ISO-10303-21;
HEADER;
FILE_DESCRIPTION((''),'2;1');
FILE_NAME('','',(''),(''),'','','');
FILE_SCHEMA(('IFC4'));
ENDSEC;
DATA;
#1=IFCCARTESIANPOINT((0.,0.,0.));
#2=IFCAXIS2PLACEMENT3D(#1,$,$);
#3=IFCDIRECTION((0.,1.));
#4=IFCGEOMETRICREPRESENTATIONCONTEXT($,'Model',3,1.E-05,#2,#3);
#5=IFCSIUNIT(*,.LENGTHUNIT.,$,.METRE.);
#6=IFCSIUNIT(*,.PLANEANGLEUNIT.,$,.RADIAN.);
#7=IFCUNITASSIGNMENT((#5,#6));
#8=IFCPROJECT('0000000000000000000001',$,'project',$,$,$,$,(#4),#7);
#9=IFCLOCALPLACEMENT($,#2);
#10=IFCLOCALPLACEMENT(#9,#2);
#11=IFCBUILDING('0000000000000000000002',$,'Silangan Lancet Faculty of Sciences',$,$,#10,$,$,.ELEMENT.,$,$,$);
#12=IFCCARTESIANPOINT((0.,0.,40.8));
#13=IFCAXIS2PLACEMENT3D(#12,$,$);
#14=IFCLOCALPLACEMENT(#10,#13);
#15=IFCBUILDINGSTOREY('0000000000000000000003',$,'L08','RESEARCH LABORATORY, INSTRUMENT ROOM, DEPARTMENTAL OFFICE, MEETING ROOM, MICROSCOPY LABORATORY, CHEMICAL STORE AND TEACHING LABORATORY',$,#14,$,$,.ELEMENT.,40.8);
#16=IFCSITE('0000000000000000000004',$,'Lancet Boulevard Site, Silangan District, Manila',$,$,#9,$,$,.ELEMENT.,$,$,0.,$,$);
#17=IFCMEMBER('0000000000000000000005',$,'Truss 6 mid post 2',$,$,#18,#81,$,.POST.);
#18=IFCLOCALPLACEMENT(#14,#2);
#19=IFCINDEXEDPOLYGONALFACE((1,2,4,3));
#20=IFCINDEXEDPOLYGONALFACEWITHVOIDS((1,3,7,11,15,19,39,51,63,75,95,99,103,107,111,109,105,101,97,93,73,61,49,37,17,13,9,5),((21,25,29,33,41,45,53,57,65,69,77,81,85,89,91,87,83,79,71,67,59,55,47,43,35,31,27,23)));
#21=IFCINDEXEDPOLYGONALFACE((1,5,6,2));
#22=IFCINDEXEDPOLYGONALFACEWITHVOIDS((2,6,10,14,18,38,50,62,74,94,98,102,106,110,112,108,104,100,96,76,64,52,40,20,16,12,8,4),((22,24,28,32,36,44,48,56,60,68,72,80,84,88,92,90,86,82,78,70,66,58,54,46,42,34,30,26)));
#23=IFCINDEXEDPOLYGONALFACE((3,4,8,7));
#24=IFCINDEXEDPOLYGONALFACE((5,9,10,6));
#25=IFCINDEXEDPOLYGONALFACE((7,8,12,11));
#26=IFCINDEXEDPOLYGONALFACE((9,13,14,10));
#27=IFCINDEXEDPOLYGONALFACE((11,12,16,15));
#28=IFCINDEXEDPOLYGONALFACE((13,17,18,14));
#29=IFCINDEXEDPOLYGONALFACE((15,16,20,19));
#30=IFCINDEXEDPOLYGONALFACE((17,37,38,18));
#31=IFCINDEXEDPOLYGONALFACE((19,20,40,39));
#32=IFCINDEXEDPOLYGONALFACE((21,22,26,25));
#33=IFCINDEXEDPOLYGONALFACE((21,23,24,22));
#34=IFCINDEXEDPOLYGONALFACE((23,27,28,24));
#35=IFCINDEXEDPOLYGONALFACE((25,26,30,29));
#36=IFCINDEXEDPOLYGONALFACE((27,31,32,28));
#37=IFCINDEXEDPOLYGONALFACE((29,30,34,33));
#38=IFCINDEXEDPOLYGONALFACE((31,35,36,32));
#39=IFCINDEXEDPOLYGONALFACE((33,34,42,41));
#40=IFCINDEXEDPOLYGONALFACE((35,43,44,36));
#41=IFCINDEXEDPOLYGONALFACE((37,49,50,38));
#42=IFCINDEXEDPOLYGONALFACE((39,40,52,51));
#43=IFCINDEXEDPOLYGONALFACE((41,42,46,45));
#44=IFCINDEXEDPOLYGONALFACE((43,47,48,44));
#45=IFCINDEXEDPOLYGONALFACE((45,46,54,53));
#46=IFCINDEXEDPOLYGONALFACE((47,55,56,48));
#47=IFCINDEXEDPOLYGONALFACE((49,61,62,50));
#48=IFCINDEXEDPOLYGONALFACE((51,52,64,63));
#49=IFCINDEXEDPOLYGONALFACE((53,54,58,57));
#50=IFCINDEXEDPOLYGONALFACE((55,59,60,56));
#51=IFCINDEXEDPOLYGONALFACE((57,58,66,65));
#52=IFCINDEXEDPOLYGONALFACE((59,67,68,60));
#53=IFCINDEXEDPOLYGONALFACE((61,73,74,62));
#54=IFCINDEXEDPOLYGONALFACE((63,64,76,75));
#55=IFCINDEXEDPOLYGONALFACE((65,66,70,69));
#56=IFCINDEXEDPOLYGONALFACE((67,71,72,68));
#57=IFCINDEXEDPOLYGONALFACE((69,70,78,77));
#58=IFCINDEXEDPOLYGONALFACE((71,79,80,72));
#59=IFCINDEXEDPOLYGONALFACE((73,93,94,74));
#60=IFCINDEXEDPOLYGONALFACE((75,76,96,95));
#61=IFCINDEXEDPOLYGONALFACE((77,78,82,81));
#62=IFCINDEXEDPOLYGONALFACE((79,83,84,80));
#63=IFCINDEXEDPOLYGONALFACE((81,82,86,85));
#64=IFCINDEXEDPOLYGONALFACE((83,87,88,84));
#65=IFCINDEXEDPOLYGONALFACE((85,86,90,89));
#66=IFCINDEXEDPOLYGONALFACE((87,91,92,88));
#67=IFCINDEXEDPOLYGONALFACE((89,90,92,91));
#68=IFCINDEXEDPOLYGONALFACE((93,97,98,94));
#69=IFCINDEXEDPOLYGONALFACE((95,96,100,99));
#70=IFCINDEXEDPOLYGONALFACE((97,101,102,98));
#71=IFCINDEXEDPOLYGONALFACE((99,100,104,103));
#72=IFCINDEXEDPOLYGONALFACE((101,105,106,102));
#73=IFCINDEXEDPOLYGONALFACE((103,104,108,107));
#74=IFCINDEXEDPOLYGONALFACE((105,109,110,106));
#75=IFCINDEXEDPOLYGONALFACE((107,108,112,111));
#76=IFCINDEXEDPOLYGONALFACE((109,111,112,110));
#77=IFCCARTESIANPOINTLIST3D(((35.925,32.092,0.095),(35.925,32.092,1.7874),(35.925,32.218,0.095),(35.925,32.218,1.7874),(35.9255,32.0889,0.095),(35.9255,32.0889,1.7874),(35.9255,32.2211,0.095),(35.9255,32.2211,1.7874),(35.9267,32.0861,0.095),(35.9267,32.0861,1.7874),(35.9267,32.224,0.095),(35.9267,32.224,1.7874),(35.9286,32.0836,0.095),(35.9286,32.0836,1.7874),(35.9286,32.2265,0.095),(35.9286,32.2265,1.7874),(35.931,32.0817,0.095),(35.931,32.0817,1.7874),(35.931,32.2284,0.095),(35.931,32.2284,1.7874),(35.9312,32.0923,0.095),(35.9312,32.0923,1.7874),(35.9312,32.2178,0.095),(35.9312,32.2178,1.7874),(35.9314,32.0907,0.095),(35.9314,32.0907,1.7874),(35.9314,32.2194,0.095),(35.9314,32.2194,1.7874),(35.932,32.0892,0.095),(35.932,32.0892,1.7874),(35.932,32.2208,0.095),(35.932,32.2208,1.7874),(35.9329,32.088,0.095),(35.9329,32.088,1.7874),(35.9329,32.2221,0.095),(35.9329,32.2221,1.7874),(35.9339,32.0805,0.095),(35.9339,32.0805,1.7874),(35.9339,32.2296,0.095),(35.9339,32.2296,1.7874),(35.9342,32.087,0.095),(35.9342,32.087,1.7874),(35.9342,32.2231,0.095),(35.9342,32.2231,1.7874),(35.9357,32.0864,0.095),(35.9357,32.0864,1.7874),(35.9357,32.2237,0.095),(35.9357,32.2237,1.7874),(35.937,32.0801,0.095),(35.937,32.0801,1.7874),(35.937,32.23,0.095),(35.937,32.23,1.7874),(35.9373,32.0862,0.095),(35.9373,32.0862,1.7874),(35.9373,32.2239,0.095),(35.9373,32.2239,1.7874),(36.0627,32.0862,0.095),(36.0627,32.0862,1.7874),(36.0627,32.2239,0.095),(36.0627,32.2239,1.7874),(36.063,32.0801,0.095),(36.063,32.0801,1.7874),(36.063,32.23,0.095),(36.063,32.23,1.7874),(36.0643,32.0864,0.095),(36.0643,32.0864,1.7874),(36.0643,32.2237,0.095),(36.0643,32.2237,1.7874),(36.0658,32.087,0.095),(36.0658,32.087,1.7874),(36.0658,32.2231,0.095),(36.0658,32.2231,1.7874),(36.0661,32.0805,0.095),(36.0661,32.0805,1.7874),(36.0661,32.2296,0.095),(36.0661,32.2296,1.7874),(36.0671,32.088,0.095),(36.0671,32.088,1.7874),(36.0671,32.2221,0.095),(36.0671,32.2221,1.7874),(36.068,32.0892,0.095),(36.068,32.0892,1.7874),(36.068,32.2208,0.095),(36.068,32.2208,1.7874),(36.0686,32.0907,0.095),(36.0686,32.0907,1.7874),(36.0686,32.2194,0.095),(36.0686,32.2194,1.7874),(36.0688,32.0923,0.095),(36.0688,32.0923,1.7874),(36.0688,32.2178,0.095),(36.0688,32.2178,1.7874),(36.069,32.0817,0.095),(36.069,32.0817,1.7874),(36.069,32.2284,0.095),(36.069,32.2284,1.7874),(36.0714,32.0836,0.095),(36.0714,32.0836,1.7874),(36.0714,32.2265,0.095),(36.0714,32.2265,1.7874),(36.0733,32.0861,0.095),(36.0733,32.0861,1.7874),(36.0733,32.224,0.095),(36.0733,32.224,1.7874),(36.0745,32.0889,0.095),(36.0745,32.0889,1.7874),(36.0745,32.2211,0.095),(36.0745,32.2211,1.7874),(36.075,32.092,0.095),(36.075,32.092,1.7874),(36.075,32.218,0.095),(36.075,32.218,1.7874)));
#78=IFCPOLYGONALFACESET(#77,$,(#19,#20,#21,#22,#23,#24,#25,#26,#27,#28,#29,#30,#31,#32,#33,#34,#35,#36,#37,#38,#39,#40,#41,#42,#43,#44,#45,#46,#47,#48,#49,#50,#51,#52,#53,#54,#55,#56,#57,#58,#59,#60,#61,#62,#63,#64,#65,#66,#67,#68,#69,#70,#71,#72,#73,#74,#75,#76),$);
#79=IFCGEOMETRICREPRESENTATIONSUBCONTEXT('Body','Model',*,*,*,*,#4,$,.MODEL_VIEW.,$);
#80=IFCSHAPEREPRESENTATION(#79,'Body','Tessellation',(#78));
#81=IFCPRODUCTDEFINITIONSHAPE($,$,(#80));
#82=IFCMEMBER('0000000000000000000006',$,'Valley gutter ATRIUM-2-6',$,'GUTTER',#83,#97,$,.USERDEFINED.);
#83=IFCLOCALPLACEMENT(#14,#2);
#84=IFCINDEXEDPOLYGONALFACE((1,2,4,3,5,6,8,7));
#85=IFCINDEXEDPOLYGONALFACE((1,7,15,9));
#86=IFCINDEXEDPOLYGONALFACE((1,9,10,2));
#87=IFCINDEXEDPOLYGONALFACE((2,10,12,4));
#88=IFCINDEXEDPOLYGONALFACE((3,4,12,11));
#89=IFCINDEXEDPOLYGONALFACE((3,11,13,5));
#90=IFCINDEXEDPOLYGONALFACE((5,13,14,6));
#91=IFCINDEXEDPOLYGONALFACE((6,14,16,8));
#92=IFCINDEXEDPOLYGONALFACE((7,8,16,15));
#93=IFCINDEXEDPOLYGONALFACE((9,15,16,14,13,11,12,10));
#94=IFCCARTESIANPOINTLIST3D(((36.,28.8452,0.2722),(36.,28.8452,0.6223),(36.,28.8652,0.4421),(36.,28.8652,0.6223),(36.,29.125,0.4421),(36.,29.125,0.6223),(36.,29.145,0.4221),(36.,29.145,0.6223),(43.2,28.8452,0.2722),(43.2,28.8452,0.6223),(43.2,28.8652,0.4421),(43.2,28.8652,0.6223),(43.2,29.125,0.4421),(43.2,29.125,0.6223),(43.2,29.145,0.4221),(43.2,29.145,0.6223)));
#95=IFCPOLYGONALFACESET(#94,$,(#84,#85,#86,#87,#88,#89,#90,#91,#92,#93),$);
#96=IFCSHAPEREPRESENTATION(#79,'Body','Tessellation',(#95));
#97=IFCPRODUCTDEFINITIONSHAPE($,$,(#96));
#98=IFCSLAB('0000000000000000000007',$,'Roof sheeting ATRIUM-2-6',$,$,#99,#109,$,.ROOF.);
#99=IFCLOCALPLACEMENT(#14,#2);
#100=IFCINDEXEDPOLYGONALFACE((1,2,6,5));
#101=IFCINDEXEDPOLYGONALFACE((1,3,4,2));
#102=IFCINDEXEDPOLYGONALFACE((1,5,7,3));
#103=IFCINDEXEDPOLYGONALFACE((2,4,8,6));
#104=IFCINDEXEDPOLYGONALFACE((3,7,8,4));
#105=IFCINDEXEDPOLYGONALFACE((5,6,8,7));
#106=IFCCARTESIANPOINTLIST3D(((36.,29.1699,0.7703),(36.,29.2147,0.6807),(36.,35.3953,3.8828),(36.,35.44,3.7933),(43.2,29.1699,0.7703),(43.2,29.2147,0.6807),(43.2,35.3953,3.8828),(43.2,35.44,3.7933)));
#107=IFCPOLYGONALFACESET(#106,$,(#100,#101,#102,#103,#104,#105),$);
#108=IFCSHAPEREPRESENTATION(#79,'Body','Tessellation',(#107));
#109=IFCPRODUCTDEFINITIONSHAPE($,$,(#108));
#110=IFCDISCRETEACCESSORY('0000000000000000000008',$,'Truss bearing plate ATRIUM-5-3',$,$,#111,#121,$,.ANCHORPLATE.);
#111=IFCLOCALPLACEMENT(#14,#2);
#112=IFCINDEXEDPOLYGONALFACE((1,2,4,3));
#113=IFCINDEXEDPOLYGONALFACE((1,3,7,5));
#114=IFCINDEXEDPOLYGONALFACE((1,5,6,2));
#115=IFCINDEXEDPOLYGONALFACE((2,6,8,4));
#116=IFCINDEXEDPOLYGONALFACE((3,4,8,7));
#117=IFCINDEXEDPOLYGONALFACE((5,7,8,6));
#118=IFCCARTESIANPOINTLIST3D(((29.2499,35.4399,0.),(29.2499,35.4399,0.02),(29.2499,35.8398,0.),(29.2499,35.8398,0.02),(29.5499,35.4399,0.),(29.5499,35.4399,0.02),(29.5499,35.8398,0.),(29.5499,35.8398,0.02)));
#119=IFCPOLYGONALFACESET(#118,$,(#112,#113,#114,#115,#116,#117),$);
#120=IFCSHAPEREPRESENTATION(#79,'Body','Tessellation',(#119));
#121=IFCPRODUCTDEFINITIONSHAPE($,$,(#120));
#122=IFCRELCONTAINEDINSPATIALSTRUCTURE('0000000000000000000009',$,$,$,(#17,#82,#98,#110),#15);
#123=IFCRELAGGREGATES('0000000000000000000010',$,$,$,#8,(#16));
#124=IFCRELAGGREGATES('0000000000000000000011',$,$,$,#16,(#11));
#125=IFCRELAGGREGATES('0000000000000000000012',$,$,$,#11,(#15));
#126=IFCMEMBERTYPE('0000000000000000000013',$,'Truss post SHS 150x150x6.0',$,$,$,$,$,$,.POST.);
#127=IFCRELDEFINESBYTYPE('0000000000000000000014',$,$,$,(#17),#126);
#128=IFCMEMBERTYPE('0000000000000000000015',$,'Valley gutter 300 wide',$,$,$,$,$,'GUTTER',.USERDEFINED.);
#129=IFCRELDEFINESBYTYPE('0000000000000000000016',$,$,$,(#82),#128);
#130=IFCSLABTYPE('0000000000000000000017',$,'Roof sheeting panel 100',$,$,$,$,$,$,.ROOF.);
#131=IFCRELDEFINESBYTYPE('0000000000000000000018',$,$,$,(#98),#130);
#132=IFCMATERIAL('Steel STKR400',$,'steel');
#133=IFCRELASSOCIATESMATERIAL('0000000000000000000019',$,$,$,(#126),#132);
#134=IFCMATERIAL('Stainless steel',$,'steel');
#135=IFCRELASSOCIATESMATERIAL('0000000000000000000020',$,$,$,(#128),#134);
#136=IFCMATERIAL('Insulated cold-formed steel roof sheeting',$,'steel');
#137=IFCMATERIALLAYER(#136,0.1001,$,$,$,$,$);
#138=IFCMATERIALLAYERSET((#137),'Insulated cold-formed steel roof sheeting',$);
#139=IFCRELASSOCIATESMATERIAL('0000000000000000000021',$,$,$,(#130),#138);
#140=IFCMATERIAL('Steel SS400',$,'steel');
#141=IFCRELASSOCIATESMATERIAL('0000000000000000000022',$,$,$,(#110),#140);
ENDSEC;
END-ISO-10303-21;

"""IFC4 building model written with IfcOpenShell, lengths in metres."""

from ifc_helpers import new_model, si_unit, direction, frame, origin, origin_2d, place, context, subcontext, project, spatial, polyline, rectangle, hollow_rectangle, outline, extrude, material, layer, layer_set, material_profile, profile_set, type_object, element, save


model = new_model("IFC4")

# Units and contexts
model_context = context("Model", 3, precision=1e-05, world=origin(), true_north=direction((0.0, 1.0)))
body_context = subcontext(model_context, "Body", "Model", "MODEL_VIEW")
ifc_project = project(units=[si_unit("LENGTHUNIT", "METRE"), si_unit("PLANEANGLEUNIT", "RADIAN")], contexts=[model_context])

# Site, building, storey
site_placement = place(None, origin())
site = spatial("IfcSite", under=ifc_project, at=site_placement, Name="Lancet Boulevard Site, Silangan District, Manila", CompositionType="ELEMENT", RefElevation=0.0)
building_placement = place(site_placement, origin())
building = spatial("IfcBuilding", under=site, at=building_placement, Name="Silangan Lancet Faculty of Sciences", CompositionType="ELEMENT")
storey_placement = place(building_placement, frame((0.0, 0.0, 40.8)))
storey = spatial("IfcBuildingStorey", under=building, at=storey_placement, Name="L08", Description="RESEARCH LABORATORY, INSTRUMENT ROOM, DEPARTMENTAL OFFICE, MEETING ROOM, MICROSCOPY LABORATORY, CHEMICAL STORE AND TEACHING LABORATORY", CompositionType="ELEMENT", Elevation=40.8)

# Members
ifc_material_1 = material(Name="Steel STKR400", Category="steel")
ifc_material_profile_1 = material_profile(ifc_material_1, hollow_rectangle(XDim=0.1499, YDim=0.1499, WallThickness=0.0061, InnerFilletRadius=0.0061, OuterFilletRadius=0.012, at=origin_2d()), Name="SHS 150x150x6.0")
ifc_profile_set_1 = profile_set([ifc_material_profile_1], Name="Steel STKR400")
member_type_1 = type_object("IfcMemberType", Name="Truss post SHS 150x150x6.0", PredefinedType="POST", material=ifc_profile_set_1)
for number, where, z_axis, x_axis, name in (
    (1, (36.0, 32.155, 0.095), (0.0, 0.0, 1.0), (1.0, 0.0, 0.0), "Truss 6 mid post 2"),
):
    element("IfcMember", number, at=place(storey_placement, frame(where, z_axis=z_axis, x_axis=x_axis)), inside=storey, type_object=member_type_1, Name=name, PredefinedType="POST", context=body_context, shape_type="SweptSolid", body=[
        extrude(hollow_rectangle(XDim=0.1499, YDim=0.1499, WallThickness=0.0061, InnerFilletRadius=0.0061, OuterFilletRadius=0.012, at=origin_2d()), origin(), (0.0, 0.0, 1.0), 1.6924),
    ])
ifc_material_2 = material(Name="Stainless steel", Category="steel")
ifc_material_profile_2 = material_profile(ifc_material_2, outline(polyline([(-0.1499, 0.0), (0.1499, 0.1499), (0.1499, 0.3501), (0.1299, 0.3501), (0.1299, 0.1699), (-0.1299, 0.1699), (-0.1299, 0.3501), (-0.1499, 0.3501), (-0.1499, 0.0)])), Name="valley gutter")
ifc_profile_set_2 = profile_set([ifc_material_profile_2], Name="Stainless steel")
member_type_2 = type_object("IfcMemberType", Name="Valley gutter 300 wide", ElementType="GUTTER", PredefinedType="USERDEFINED", material=ifc_profile_set_2)
member_1_placement = place(storey_placement, frame((36.0, 28.9951, 0.2722), z_axis=(1.0, 0.0, 0.0), x_axis=(0.0, 1.0, 0.0)))
element("IfcMember", 2, at=member_1_placement, inside=storey, type_object=member_type_2, Name="Valley gutter ATRIUM-2-6", ObjectType="GUTTER", PredefinedType="USERDEFINED", context=body_context, shape_type="SweptSolid", body=[
    extrude(outline(polyline([(-0.1499, 0.0), (0.1499, 0.1499), (0.1499, 0.3501), (0.1299, 0.3501), (0.1299, 0.1699), (-0.1299, 0.1699), (-0.1299, 0.3501), (-0.1499, 0.3501), (-0.1499, 0.0)])), origin(), (0.0, 0.0, 1.0), 7.2),
])

# Slab
ifc_material_3 = material(Name="Insulated cold-formed steel roof sheeting", Category="steel")
ifc_layer = layer(ifc_material_3, 0.1001)
ifc_layer_set = layer_set([ifc_layer], Name="Insulated cold-formed steel roof sheeting")
slab_type = type_object("IfcSlabType", Name="Roof sheeting panel 100", PredefinedType="ROOF", material=ifc_layer_set)
slab_placement = place(storey_placement, frame((36.0, 29.1699, 0.7703), z_axis=(0.0, -0.4472, 0.894434), x_axis=(1.0, 0.0, 0.0)))
element("IfcSlab", 3, at=slab_placement, inside=storey, type_object=slab_type, Name="Roof sheeting ATRIUM-2-6", PredefinedType="ROOF", context=body_context, shape_type="SweptSolid", body=[
    extrude(outline(polyline([(0.0, 0.0), (7.2, 0.0), (7.2, 6.9601), (0.0, 6.9601), (0.0, 0.0)])), origin(), (0.0, 0.0, -1.0), 0.1001),
])

# Discrete accessory
ifc_material_4 = material(Name="Steel SS400", Category="steel")
discrete_accessory_placement = place(storey_placement, frame((29.3999, 35.6399, 0.0), z_axis=(0.0, 0.0, 1.0), x_axis=(1.0, 0.0, 0.0)))
element("IfcDiscreteAccessory", 4, at=discrete_accessory_placement, inside=storey, material=ifc_material_4, Name="Truss bearing plate ATRIUM-5-3", PredefinedType="ANCHORPLATE", context=body_context, shape_type="SweptSolid", body=[
    extrude(rectangle(XDim=0.3, YDim=0.3999, at=origin_2d()), origin(), (0.0, 0.0, 1.0), 0.02),
])

save(model, "model.ifc")
